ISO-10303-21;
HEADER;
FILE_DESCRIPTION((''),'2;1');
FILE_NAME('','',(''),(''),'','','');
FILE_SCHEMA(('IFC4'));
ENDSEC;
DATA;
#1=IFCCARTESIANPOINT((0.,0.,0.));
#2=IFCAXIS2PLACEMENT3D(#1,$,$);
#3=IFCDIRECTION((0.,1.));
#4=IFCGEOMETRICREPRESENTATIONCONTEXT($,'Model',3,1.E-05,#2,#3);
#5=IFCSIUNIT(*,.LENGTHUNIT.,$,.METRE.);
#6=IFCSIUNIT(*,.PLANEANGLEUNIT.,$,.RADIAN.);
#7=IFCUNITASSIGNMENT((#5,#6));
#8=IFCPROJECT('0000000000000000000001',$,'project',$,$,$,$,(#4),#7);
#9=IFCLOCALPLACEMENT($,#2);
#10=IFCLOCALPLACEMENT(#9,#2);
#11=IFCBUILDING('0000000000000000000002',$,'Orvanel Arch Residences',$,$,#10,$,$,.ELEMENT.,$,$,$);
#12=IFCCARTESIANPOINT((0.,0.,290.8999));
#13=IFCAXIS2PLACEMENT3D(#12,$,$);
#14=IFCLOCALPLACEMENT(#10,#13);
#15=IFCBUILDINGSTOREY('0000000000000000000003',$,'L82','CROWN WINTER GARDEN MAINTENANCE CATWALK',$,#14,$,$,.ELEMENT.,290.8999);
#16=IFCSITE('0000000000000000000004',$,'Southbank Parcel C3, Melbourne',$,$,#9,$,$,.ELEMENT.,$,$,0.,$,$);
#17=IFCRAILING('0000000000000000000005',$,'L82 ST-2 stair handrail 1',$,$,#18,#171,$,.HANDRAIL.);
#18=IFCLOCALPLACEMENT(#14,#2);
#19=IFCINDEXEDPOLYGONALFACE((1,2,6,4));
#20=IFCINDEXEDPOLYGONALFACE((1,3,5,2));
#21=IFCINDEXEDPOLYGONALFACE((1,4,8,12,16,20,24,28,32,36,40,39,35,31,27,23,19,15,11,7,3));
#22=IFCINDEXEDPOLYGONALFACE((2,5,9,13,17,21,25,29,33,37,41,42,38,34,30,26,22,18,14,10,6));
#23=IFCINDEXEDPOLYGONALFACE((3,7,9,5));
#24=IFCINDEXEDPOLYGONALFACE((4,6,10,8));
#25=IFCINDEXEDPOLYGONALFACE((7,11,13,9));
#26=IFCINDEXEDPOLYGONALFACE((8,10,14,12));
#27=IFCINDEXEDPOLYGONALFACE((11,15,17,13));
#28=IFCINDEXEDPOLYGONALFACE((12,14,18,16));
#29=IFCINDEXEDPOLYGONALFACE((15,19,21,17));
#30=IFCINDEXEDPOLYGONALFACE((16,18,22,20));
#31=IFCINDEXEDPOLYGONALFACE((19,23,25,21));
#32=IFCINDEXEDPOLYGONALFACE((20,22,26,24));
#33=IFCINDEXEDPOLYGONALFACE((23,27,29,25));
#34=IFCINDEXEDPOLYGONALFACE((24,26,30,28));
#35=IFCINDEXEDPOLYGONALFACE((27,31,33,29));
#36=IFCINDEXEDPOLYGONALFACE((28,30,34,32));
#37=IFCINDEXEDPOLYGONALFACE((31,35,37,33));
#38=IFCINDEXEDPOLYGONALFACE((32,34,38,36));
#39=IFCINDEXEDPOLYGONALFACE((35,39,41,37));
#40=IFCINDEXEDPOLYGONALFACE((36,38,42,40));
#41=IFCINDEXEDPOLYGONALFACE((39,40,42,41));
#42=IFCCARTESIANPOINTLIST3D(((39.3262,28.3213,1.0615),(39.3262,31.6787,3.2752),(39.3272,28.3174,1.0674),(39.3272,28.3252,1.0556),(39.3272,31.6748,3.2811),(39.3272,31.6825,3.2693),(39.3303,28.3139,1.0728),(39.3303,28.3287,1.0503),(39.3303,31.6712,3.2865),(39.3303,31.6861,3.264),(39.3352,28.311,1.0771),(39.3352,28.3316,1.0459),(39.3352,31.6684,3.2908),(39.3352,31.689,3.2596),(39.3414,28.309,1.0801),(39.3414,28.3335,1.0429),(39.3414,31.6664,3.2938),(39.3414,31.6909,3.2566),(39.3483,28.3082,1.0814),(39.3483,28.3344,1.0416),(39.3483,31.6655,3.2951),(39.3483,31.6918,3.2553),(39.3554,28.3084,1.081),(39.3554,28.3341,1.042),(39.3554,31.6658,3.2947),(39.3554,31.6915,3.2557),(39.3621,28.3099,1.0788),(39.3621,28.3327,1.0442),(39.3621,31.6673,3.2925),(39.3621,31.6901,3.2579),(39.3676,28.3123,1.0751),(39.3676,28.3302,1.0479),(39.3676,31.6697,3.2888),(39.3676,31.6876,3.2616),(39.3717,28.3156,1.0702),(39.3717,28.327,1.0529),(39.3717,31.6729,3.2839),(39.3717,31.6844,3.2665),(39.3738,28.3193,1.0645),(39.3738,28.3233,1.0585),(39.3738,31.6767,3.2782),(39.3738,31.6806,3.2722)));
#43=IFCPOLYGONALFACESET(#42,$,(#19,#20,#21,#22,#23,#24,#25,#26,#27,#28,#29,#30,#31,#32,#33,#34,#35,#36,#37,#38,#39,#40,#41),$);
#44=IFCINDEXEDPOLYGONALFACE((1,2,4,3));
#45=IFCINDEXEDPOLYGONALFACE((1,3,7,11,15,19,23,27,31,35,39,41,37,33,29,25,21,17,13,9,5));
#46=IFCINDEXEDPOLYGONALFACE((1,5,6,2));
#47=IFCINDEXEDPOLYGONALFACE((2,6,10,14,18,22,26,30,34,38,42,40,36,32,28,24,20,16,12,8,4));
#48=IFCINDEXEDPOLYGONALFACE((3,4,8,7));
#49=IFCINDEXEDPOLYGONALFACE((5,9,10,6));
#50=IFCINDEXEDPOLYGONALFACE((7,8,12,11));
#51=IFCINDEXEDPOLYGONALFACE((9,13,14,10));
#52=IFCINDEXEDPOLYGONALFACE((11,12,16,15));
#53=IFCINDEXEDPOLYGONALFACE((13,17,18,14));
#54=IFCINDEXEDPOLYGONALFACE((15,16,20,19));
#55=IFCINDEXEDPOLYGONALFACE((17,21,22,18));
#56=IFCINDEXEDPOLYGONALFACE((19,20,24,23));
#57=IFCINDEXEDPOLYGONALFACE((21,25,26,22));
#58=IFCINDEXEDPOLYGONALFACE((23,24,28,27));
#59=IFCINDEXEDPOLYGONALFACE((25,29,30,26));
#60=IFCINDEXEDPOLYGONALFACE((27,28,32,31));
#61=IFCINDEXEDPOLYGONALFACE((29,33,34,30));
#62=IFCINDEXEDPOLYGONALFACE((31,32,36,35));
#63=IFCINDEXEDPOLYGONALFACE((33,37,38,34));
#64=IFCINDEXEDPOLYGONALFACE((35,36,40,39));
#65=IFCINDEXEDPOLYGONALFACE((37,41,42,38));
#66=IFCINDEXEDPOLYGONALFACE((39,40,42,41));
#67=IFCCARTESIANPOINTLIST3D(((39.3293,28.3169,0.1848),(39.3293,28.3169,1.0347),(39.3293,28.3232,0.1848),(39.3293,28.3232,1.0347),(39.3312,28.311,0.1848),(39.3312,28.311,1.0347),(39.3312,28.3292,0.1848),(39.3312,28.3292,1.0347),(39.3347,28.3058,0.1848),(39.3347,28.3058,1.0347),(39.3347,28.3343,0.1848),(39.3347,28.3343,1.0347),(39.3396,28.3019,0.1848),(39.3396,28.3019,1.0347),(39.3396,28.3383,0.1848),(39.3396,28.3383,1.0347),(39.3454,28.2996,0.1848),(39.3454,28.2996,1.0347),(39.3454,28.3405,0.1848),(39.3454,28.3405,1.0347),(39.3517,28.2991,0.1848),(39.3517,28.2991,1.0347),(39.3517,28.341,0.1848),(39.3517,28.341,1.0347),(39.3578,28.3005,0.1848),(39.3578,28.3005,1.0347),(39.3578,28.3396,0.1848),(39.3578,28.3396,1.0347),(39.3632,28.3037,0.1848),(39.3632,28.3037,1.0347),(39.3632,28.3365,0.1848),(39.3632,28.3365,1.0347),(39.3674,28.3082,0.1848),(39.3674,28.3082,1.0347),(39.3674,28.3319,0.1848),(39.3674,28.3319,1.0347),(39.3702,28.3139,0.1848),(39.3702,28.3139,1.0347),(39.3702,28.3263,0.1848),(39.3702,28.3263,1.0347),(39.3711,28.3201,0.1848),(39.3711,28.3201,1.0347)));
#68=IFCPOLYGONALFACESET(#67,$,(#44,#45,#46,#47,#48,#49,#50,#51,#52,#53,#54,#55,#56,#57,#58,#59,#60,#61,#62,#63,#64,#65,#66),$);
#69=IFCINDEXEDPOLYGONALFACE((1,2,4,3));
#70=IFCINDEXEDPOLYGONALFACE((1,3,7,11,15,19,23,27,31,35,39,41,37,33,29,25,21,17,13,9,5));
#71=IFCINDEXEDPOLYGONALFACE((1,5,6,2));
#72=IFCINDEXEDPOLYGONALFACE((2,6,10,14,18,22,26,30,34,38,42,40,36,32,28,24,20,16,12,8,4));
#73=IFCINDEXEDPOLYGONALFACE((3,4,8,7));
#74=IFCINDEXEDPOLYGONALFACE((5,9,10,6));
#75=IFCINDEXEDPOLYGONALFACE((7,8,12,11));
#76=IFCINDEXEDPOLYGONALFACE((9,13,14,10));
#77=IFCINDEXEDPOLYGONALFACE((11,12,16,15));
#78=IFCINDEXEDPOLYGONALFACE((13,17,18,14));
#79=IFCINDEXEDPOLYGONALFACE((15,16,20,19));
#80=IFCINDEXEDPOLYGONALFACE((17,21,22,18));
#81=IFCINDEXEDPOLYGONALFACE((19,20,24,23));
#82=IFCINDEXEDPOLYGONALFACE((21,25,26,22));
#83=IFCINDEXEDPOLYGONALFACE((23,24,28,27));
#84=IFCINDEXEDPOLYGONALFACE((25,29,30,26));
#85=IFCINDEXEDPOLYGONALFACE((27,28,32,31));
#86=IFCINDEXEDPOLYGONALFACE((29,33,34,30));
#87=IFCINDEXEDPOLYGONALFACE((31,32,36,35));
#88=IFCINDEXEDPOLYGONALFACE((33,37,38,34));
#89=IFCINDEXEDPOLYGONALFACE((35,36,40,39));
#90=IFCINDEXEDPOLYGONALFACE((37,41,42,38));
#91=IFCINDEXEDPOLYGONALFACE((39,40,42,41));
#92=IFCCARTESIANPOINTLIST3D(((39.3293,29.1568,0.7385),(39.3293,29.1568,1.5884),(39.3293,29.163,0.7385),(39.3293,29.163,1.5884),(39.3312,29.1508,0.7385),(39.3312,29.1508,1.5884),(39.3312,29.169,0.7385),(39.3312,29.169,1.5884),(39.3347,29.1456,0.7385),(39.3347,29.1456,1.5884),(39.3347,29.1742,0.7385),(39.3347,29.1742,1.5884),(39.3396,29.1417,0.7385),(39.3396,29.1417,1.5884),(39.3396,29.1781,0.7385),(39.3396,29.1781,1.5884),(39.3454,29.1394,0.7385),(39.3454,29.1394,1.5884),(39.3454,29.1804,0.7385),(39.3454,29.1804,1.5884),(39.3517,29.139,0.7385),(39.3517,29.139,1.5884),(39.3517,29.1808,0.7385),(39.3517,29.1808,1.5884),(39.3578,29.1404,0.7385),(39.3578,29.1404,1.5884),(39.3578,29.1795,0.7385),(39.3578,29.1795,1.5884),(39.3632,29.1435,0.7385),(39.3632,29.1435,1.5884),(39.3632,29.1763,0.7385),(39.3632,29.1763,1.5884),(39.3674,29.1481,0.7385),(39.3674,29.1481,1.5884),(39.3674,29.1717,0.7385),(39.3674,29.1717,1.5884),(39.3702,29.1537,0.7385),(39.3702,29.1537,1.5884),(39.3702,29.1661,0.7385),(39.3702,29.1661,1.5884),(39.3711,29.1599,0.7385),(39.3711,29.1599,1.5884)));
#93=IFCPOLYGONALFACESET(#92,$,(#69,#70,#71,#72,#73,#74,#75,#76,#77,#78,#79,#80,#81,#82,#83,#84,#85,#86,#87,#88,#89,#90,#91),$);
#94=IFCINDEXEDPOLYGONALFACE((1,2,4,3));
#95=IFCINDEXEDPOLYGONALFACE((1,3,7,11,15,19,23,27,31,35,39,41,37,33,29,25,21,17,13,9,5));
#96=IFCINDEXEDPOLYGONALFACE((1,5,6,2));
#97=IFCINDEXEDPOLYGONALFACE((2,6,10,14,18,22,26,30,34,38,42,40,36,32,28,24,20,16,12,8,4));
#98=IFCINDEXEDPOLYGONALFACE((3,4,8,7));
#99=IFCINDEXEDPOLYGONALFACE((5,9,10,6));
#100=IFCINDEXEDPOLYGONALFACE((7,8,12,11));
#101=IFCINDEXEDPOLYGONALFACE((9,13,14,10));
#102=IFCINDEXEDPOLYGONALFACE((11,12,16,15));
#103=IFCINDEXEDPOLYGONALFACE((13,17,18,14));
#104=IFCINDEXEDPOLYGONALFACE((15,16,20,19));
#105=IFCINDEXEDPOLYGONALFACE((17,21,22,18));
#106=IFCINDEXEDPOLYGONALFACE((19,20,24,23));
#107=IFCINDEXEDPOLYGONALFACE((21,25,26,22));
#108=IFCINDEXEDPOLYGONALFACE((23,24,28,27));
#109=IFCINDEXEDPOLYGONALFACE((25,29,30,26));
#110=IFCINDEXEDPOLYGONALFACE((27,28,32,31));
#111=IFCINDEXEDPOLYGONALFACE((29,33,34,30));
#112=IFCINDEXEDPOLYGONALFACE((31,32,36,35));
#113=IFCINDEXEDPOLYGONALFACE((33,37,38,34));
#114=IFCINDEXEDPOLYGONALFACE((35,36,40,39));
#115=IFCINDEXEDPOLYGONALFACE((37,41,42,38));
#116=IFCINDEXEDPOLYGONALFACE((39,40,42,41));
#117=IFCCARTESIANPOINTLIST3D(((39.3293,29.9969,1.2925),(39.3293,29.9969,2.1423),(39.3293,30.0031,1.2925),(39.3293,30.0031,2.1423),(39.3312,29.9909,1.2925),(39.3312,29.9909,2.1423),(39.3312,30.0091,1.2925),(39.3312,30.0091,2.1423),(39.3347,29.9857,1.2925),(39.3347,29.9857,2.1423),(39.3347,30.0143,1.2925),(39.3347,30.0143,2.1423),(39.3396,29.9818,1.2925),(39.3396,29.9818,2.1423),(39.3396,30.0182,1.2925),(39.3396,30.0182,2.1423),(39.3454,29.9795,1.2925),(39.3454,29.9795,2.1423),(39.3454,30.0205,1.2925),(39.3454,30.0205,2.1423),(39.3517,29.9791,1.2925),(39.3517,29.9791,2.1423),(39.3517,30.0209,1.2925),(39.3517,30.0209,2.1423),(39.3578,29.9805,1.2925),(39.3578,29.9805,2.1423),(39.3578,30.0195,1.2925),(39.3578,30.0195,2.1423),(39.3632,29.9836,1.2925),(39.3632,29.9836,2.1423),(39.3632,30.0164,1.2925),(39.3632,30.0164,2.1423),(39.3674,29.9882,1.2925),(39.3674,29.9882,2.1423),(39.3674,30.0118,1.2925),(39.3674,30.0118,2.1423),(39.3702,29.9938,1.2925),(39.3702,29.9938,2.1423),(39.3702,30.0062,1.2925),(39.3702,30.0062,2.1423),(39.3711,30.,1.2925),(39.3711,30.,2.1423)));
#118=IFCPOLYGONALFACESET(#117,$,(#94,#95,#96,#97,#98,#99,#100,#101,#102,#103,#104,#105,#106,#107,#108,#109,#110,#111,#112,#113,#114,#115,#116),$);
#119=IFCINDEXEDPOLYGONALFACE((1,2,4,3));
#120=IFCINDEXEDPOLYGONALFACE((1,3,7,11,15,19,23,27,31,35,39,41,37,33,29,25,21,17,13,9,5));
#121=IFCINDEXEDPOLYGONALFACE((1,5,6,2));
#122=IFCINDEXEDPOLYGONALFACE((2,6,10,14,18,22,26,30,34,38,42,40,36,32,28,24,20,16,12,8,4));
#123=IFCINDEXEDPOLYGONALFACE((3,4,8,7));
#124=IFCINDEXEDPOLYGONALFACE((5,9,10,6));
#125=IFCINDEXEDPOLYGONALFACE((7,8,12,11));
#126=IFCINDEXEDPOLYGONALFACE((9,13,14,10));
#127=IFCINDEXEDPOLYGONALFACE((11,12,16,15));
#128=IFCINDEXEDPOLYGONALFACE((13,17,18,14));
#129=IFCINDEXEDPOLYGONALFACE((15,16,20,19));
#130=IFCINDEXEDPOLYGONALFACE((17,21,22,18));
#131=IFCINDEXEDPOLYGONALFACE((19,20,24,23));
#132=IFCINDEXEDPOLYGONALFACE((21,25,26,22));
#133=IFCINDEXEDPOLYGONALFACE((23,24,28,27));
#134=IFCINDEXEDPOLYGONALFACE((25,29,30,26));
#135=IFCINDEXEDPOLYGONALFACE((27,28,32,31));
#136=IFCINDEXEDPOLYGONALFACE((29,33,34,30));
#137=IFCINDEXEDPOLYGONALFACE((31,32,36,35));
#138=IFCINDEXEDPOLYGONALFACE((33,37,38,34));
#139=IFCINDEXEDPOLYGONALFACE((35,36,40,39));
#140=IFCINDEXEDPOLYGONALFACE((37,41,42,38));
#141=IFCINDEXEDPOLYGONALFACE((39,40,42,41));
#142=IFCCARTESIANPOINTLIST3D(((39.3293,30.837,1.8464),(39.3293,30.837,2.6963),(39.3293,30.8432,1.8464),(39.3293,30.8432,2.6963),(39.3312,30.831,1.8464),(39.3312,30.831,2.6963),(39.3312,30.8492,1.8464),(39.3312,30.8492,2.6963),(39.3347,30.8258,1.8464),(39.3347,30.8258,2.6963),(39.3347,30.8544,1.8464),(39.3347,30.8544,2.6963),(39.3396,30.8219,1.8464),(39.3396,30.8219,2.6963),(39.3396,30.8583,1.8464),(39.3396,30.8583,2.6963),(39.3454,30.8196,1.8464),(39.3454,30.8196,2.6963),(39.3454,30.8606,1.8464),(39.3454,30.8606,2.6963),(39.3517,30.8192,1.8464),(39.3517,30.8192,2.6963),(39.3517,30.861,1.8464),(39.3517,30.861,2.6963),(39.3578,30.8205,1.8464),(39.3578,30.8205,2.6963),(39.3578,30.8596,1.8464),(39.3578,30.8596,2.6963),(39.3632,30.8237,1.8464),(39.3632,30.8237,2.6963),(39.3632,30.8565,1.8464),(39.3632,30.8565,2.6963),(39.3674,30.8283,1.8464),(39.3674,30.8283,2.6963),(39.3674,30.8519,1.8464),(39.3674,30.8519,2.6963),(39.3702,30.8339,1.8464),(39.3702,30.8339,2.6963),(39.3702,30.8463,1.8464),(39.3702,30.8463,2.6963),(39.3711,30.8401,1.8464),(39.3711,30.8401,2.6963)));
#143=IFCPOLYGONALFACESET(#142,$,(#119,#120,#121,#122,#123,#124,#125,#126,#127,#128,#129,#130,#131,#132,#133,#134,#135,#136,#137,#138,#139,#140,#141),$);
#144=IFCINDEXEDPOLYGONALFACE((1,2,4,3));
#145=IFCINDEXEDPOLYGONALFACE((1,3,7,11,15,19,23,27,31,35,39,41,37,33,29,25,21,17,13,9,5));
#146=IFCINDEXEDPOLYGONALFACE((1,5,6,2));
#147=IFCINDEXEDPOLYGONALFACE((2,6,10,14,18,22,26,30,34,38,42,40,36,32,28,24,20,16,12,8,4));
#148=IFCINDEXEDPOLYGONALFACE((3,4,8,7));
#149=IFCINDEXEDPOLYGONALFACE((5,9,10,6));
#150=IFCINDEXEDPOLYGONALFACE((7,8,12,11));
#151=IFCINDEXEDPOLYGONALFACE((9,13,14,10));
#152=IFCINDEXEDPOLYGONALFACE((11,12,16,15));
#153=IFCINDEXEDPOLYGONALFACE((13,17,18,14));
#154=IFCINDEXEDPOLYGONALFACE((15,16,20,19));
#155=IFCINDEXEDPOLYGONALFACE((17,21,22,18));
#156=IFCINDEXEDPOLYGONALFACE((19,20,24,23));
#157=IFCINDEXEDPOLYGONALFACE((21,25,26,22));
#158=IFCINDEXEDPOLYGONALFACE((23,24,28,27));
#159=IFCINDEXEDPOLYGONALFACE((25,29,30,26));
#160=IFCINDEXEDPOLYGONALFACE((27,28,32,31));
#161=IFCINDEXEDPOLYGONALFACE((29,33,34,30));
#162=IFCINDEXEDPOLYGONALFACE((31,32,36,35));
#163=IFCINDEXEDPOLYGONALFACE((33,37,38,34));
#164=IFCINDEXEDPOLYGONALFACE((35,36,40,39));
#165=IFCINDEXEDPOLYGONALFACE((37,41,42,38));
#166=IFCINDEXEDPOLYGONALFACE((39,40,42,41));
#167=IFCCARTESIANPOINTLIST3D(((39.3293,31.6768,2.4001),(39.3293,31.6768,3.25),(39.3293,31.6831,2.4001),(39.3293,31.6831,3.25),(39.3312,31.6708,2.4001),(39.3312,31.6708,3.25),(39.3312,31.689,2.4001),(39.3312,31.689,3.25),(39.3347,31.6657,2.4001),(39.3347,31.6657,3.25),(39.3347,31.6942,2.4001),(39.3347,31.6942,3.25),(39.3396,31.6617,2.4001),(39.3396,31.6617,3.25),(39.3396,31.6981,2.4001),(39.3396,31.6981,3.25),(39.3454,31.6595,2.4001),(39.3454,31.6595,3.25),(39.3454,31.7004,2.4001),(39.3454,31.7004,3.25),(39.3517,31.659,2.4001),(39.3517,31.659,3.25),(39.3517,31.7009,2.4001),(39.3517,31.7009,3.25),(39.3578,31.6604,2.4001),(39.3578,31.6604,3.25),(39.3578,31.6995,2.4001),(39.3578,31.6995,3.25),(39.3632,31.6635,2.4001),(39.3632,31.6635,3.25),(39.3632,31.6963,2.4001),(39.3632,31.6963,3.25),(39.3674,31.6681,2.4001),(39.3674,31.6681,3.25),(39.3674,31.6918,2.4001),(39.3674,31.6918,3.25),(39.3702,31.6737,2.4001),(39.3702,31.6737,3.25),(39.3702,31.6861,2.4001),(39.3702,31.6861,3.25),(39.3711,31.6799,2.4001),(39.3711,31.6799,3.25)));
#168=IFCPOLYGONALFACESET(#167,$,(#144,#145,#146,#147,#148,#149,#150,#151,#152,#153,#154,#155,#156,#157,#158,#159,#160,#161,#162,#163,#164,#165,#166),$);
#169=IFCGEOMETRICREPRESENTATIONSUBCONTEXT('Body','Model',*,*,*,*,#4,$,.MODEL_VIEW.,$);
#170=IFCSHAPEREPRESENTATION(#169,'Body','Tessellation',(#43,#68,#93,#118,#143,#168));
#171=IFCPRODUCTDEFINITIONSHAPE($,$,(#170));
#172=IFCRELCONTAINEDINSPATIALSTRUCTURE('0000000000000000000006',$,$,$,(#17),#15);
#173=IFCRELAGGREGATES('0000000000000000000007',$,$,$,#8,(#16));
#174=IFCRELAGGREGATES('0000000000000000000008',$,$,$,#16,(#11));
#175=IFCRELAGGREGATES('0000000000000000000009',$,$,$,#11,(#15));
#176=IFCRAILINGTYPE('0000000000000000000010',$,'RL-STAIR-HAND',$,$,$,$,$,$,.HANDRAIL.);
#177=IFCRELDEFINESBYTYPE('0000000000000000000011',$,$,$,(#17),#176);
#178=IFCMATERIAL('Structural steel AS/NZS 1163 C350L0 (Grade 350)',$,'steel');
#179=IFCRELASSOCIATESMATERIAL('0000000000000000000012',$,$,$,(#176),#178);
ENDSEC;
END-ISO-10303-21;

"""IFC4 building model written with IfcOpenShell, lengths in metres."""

from ifc_helpers import new_model, si_unit, direction, frame, origin, origin_2d, place, context, subcontext, project, spatial, circle, extrude, material, type_object, element, save


model = new_model("IFC4")

# Units and contexts
model_context = context("Model", 3, precision=1e-05, world=origin(), true_north=direction((0.0, 1.0)))
body_context = subcontext(model_context, "Body", "Model", "MODEL_VIEW")
ifc_project = project(units=[si_unit("LENGTHUNIT", "METRE"), si_unit("PLANEANGLEUNIT", "RADIAN")], contexts=[model_context])

# Site, building, storey
site_placement = place(None, origin())
site = spatial("IfcSite", under=ifc_project, at=site_placement, Name="Southbank Parcel C3, Melbourne", CompositionType="ELEMENT", RefElevation=0.0)
building_placement = place(site_placement, origin())
building = spatial("IfcBuilding", under=site, at=building_placement, Name="Orvanel Arch Residences", CompositionType="ELEMENT")
storey_placement = place(building_placement, frame((0.0, 0.0, 290.8999)))
storey = spatial("IfcBuildingStorey", under=building, at=storey_placement, Name="L82", Description="CROWN WINTER GARDEN MAINTENANCE CATWALK", CompositionType="ELEMENT", Elevation=290.8999)

# Shared definitions
ifc_material_1 = material(Name="Structural steel AS/NZS 1163 C350L0 (Grade 350)", Category="steel")

# Railing
railing_type_1 = type_object("IfcRailingType", Name="RL-STAIR-HAND", PredefinedType="HANDRAIL", material=ifc_material_1)
railing_1_placement = place(storey_placement, frame((39.3501, 28.3201, 0.1848)))
element("IfcRailing", 1, at=railing_1_placement, inside=storey, type_object=railing_type_1, Name="L82 ST-2 stair handrail 1", PredefinedType="HANDRAIL", context=body_context, shape_type="SweptSolid", body=[
    extrude(circle(Radius=0.0239, at=origin_2d()), frame((0.0, 0.0012, 0.8767), z_axis=(0.0, 0.834858, 0.550465), x_axis=(-1.0, 0.0, 0.0)), (0.0, 0.0, 1.0), 4.0215),
    extrude(circle(Radius=0.021, at=origin_2d()), origin(), (0.0, 0.0, 1.0), 0.8499),
    extrude(circle(Radius=0.021, at=origin_2d()), frame((0.0, 0.8398, 0.5537)), (0.0, 0.0, 1.0), 0.8499),
    extrude(circle(Radius=0.021, at=origin_2d()), frame((0.0, 1.6799, 1.1077)), (0.0, 0.0, 1.0), 0.8499),
    extrude(circle(Radius=0.021, at=origin_2d()), frame((0.0, 2.52, 1.6616)), (0.0, 0.0, 1.0), 0.8499),
    extrude(circle(Radius=0.021, at=origin_2d()), frame((0.0, 3.3599, 2.2153)), (0.0, 0.0, 1.0), 0.8499),
])

save(model, "model.ifc")
